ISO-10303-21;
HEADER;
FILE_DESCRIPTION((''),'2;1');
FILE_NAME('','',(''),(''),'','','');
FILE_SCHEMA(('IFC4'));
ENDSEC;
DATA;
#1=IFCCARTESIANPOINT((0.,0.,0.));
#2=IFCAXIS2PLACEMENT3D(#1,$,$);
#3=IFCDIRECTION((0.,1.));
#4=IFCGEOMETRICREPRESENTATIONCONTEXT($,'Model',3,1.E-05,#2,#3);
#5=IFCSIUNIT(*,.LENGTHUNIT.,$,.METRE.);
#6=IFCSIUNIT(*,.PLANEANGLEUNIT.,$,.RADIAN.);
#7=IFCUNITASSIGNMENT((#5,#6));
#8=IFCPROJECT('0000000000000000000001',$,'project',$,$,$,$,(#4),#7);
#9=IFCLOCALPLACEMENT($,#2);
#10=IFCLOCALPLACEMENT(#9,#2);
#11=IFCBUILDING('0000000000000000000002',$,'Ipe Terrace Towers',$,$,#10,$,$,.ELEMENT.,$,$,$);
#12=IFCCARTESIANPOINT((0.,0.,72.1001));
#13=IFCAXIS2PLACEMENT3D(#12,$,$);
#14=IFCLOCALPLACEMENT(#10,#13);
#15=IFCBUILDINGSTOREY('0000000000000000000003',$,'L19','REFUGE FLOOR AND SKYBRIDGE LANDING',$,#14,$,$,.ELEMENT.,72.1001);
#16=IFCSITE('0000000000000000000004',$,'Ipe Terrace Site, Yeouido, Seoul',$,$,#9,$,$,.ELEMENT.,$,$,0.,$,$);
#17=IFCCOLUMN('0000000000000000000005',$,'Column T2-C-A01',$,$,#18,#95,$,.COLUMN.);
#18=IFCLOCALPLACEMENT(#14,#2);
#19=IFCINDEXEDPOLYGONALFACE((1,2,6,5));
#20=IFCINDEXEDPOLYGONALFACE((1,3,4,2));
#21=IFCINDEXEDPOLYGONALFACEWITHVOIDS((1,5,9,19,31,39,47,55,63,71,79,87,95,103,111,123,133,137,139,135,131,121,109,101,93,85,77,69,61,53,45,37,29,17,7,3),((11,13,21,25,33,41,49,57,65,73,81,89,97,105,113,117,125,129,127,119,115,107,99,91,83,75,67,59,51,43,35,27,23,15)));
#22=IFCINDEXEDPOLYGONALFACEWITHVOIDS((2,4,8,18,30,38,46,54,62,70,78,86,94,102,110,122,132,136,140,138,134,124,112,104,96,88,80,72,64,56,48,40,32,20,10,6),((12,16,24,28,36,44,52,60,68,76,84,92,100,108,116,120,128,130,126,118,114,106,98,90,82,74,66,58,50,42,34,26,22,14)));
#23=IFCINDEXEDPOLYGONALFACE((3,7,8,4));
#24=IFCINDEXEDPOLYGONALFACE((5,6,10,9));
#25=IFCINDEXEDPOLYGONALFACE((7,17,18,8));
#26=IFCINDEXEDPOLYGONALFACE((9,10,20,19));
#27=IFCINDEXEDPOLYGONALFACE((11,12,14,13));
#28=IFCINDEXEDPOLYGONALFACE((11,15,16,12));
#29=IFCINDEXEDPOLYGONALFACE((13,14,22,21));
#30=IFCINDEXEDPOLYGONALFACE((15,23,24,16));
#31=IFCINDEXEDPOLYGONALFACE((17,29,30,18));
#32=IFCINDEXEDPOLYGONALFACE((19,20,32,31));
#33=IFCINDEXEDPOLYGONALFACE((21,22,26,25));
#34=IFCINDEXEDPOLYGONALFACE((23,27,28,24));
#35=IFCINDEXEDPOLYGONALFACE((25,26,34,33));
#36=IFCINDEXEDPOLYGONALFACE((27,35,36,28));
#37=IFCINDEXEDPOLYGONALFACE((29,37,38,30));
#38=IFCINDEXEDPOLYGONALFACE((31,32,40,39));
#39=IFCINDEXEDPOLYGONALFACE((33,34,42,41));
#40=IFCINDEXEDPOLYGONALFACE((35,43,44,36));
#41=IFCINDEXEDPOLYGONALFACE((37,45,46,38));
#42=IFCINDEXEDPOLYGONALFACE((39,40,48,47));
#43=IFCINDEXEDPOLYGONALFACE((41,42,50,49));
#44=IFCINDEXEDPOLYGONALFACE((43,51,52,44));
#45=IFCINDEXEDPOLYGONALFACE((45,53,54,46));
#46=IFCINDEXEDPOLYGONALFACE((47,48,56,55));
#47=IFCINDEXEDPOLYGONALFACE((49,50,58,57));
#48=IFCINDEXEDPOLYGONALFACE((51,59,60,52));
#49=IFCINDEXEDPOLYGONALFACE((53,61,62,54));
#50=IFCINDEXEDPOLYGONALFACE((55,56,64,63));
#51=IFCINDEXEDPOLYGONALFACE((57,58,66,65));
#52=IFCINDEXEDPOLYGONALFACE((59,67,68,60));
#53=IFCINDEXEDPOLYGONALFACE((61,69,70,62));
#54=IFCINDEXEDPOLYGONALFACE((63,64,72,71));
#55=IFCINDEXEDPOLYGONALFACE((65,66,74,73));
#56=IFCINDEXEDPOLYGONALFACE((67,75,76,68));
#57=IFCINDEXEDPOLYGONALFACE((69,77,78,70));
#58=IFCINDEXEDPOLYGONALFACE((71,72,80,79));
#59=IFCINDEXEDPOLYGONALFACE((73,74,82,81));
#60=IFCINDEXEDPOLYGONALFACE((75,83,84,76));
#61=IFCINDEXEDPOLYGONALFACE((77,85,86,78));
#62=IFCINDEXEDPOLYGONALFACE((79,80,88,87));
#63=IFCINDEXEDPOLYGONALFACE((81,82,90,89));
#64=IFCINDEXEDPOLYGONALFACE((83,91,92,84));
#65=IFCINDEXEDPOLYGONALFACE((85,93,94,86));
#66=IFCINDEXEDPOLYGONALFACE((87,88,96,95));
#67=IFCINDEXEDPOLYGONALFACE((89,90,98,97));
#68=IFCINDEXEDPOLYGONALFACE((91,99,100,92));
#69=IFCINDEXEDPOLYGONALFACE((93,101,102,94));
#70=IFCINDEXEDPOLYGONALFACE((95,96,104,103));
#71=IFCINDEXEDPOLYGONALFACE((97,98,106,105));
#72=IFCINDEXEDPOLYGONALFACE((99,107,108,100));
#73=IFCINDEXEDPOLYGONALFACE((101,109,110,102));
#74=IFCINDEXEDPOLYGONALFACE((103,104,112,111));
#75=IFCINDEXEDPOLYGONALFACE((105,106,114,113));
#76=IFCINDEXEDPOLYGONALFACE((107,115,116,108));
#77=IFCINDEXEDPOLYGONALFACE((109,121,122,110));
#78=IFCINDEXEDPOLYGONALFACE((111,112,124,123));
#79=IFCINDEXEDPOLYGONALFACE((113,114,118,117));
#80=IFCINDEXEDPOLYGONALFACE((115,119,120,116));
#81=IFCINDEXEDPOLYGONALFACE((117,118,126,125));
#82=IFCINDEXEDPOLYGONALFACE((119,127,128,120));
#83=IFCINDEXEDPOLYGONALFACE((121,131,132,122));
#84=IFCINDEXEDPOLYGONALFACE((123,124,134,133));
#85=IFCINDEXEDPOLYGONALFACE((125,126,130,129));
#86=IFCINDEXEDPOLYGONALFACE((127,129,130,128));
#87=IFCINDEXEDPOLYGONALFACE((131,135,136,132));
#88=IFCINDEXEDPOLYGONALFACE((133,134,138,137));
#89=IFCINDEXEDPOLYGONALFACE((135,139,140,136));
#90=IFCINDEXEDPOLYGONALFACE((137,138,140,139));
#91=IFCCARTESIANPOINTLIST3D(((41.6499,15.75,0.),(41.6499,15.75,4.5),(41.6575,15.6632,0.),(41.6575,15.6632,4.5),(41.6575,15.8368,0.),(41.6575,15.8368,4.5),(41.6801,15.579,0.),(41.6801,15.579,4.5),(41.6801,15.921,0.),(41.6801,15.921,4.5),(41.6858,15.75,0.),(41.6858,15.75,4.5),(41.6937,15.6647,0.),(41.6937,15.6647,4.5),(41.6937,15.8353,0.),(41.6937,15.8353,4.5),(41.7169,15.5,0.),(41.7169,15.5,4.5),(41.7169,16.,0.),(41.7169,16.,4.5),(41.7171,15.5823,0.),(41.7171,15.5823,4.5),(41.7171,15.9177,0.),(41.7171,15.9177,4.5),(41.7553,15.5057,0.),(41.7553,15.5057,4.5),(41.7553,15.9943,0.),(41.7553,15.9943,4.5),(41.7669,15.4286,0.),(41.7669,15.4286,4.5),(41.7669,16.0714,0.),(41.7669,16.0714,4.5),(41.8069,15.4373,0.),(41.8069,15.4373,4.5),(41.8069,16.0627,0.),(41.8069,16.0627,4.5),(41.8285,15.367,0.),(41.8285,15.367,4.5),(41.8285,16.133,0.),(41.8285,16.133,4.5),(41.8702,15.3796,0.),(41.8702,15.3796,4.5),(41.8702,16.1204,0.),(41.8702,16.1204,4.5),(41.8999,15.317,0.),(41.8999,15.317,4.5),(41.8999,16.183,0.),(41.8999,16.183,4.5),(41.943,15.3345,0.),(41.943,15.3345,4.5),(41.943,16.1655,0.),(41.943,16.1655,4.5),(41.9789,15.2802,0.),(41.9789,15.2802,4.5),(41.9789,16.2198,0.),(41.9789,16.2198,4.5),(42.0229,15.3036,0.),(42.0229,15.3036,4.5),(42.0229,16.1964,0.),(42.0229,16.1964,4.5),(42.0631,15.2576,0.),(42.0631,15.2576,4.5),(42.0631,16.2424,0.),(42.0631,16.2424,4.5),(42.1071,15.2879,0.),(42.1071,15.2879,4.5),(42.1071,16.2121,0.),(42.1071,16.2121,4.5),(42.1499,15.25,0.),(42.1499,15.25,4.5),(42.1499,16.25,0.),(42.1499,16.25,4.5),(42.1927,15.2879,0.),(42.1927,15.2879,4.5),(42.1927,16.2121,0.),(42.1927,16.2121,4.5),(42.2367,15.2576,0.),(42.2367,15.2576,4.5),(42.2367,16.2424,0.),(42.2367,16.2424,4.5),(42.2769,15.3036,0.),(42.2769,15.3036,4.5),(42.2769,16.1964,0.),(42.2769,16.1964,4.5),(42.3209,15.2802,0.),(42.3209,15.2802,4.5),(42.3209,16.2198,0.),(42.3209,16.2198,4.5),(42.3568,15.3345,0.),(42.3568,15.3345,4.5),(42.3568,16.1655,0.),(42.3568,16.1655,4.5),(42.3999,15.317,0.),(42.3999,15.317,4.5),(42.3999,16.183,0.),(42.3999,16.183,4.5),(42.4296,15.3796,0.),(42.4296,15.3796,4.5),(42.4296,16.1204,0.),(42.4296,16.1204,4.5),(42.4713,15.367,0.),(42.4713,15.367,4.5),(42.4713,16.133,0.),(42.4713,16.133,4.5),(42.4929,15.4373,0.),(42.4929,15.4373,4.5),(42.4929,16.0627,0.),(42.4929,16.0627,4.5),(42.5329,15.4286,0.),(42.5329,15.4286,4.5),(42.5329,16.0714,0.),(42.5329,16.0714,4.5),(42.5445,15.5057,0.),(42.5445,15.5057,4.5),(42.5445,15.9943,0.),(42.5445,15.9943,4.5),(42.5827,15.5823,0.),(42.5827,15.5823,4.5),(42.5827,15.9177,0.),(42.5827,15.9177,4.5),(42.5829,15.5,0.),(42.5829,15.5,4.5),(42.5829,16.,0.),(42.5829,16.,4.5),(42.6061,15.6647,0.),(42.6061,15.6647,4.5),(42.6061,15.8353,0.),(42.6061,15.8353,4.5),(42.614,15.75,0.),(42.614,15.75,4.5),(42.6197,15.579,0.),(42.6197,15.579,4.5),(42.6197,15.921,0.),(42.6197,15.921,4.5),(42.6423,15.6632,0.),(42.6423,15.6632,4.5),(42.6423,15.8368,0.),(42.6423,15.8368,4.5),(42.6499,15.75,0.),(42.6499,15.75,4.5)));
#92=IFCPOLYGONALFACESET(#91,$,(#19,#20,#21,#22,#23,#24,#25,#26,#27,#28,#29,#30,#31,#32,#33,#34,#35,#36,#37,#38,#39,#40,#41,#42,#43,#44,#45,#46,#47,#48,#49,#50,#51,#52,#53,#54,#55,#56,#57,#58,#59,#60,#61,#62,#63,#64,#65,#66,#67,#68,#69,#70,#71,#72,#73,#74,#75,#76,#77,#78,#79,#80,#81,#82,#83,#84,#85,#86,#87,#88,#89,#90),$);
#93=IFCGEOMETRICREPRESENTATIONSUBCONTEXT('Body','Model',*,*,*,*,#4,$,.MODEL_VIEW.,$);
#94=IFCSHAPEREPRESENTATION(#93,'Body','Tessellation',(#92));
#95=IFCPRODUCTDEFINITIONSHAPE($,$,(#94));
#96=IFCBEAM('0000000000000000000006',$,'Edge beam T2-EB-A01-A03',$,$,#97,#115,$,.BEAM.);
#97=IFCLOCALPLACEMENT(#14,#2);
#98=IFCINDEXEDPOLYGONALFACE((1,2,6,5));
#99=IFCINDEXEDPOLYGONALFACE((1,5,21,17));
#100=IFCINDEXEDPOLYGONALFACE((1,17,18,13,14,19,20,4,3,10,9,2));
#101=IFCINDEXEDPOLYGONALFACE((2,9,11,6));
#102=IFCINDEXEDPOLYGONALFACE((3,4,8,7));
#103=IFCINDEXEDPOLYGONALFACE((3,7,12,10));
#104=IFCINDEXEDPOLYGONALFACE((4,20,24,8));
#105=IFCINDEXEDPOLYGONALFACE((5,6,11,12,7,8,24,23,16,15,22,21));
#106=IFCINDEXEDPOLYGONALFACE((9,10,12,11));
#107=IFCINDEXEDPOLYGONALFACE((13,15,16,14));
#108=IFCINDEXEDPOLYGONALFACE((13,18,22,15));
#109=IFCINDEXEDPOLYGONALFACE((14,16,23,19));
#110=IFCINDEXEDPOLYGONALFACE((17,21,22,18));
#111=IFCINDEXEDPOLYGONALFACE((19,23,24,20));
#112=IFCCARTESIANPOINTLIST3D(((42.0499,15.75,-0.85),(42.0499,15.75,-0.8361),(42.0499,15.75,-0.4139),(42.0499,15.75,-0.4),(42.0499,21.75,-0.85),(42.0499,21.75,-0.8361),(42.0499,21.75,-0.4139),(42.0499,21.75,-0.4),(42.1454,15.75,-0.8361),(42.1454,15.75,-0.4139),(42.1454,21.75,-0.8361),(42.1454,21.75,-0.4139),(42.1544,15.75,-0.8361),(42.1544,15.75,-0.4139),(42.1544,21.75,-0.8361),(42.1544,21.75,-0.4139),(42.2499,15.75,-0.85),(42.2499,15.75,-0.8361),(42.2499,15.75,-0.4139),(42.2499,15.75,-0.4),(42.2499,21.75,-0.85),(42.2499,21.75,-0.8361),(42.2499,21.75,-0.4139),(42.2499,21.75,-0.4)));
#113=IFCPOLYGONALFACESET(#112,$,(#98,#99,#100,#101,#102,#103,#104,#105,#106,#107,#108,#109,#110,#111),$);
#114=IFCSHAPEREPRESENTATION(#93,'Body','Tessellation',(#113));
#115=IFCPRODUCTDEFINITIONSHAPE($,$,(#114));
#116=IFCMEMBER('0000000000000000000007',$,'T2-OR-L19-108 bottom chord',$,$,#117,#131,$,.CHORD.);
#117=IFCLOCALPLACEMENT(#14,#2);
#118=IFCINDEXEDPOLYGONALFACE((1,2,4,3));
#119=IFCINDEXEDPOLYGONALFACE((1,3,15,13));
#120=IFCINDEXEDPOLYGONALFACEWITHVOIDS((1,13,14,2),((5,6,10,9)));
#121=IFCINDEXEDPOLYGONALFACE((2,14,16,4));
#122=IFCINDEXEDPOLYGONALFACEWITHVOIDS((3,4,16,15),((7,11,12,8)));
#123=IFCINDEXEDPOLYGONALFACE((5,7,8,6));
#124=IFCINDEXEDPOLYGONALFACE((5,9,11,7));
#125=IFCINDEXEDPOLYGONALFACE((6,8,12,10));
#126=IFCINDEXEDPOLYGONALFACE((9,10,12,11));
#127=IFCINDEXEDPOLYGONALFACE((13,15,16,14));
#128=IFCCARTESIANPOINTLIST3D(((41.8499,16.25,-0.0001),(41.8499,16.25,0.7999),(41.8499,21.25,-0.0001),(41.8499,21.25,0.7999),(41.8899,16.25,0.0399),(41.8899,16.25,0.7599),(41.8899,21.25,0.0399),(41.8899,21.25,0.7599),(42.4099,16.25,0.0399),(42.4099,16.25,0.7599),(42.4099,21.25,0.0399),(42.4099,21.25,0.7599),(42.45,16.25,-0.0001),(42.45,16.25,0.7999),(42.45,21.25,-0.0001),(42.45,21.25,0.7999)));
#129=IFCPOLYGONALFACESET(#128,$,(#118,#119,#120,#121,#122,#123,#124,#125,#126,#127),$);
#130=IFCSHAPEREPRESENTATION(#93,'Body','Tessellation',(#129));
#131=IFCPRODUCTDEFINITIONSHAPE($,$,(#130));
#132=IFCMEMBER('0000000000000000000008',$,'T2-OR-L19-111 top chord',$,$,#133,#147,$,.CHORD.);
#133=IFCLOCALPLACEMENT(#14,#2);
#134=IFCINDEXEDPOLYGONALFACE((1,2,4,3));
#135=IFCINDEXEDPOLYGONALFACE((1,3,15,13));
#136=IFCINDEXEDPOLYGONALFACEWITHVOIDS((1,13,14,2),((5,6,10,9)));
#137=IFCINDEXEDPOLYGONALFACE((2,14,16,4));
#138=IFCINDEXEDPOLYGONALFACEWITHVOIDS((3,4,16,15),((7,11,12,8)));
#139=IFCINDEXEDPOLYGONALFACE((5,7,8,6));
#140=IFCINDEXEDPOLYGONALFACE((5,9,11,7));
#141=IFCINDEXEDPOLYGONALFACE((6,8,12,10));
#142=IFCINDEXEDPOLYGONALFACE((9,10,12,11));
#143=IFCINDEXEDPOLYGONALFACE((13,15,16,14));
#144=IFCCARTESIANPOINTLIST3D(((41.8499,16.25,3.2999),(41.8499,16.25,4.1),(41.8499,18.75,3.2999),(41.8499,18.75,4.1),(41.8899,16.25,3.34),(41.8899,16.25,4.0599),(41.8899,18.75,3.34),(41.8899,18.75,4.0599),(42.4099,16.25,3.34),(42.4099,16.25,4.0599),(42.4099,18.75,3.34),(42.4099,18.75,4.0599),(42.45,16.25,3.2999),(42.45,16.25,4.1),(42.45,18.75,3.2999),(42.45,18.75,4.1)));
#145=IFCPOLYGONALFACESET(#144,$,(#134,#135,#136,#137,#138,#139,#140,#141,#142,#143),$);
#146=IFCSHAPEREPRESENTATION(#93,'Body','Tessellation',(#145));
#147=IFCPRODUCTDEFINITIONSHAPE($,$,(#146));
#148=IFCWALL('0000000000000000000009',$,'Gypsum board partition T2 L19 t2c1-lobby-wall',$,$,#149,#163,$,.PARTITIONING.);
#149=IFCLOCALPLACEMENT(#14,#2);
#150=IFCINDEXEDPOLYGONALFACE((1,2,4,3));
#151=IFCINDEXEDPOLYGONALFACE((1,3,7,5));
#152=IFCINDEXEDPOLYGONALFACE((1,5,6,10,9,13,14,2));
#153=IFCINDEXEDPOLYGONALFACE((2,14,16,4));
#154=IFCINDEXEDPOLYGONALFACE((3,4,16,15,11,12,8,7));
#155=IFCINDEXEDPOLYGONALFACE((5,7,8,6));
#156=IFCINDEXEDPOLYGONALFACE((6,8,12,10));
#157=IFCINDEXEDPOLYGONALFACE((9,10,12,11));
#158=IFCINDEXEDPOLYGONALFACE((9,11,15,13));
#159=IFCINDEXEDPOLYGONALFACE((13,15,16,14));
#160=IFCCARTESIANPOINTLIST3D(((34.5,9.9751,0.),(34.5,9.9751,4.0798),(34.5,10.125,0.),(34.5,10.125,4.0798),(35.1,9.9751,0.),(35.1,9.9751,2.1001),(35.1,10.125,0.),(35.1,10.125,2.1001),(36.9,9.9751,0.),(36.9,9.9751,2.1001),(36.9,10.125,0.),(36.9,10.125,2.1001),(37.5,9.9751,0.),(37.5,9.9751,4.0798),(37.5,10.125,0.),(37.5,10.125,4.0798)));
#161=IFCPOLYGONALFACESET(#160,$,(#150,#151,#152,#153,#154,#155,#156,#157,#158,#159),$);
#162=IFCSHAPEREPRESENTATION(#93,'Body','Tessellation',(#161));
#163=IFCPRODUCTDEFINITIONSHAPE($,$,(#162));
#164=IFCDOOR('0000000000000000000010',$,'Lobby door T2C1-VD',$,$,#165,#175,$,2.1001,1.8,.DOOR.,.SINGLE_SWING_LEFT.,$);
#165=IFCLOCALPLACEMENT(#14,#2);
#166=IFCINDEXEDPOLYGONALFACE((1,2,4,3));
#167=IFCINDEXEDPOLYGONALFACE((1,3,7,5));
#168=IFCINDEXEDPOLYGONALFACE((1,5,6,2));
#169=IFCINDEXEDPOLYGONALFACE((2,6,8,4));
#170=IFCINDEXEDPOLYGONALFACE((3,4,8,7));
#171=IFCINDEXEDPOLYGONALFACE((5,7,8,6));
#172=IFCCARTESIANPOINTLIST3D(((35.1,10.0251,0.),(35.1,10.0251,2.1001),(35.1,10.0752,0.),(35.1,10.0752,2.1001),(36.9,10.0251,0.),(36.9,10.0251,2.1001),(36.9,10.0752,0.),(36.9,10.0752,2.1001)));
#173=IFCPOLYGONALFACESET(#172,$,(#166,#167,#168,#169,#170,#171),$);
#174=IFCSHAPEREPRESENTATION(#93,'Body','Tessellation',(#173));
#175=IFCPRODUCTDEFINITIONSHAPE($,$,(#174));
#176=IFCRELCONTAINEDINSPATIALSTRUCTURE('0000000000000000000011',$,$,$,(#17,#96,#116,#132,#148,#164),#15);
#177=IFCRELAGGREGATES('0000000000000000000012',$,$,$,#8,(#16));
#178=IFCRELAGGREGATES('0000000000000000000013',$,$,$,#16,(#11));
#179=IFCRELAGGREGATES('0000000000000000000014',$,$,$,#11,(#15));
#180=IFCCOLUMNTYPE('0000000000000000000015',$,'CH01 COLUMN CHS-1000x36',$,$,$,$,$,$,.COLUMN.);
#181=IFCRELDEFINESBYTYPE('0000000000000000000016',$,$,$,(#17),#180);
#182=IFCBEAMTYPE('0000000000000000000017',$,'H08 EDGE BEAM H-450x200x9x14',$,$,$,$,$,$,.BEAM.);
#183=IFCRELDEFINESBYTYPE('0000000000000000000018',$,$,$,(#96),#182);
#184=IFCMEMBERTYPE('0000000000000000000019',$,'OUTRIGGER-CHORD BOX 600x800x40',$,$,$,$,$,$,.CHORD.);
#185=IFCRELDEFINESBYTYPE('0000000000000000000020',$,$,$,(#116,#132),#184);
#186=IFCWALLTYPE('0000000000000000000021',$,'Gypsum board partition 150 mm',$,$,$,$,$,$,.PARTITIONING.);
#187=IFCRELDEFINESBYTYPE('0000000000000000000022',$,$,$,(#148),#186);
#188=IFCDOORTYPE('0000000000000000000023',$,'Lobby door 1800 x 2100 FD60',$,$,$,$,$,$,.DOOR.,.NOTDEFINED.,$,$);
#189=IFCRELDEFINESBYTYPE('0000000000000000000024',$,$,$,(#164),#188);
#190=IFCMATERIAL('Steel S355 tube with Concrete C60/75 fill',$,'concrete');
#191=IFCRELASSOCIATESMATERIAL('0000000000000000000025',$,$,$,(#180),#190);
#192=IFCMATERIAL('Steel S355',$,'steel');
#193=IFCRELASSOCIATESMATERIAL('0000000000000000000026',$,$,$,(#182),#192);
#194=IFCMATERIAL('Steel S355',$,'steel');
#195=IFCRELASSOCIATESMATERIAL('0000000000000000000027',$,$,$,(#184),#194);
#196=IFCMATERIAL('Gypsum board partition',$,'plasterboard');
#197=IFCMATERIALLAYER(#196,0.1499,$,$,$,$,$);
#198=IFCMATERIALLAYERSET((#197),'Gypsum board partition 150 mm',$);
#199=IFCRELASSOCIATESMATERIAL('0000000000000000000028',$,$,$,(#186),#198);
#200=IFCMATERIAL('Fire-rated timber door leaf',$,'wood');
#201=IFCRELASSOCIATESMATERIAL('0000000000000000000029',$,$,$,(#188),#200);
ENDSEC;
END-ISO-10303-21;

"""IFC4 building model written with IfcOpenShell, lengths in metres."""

from ifc_helpers import new_model, si_unit, direction, frame, frame_2d, origin, origin_2d, place, context, subcontext, project, spatial, rectangle, hollow_rectangle, hollow_circle, i_section, extrude, material, layer, layer_set, material_profile, profile_set, type_object, element, fill, save


model = new_model("IFC4")

# Units and contexts
model_context = context("Model", 3, precision=1e-05, world=origin(), true_north=direction((0.0, 1.0)))
body_context = subcontext(model_context, "Body", "Model", "MODEL_VIEW")
ifc_project = project(units=[si_unit("LENGTHUNIT", "METRE"), si_unit("PLANEANGLEUNIT", "RADIAN")], contexts=[model_context])

# Site, building, storey
site_placement = place(None, origin())
site = spatial("IfcSite", under=ifc_project, at=site_placement, Name="Ipe Terrace Site, Yeouido, Seoul", CompositionType="ELEMENT", RefElevation=0.0)
building_placement = place(site_placement, origin())
building = spatial("IfcBuilding", under=site, at=building_placement, Name="Ipe Terrace Towers", CompositionType="ELEMENT")
storey_placement = place(building_placement, frame((0.0, 0.0, 72.1001)))
storey = spatial("IfcBuildingStorey", under=building, at=storey_placement, Name="L19", Description="REFUGE FLOOR AND SKYBRIDGE LANDING", CompositionType="ELEMENT", Elevation=72.1001)

# Column
ifc_material_1 = material(Name="Steel S355 tube with Concrete C60/75 fill", Category="concrete")
ifc_material_profile_1 = material_profile(ifc_material_1, hollow_circle(Radius=0.5, WallThickness=0.0359, at=origin_2d()), Name="CHS-1000x36")
ifc_profile_set_1 = profile_set([ifc_material_profile_1], Name="Steel S355 tube with Concrete C60/75 fill")
column_type = type_object("IfcColumnType", Name="CH01 COLUMN CHS-1000x36", PredefinedType="COLUMN", material=ifc_profile_set_1)
column_placement = place(storey_placement, frame((42.1499, 15.75, 0.0), z_axis=(0.0, 0.0, 1.0), x_axis=(1.0, 0.0, 0.0)))
element("IfcColumn", 1, at=column_placement, inside=storey, type_object=column_type, Name="Column T2-C-A01", PredefinedType="COLUMN", context=body_context, shape_type="SweptSolid", body=[
    extrude(hollow_circle(Radius=0.5, WallThickness=0.0359, at=origin_2d()), origin(), (0.0, 0.0, 1.0), 4.5),
])

# Beam
ifc_material_2 = material(Name="Steel S355", Category="steel")
ifc_material_profile_2 = material_profile(ifc_material_2, i_section(OverallWidth=0.2, OverallDepth=0.45, WebThickness=0.009, FlangeThickness=0.0139, at=origin_2d()), Name="H-450x200x9x14")
ifc_profile_set_2 = profile_set([ifc_material_profile_2], Name="Steel S355")
beam_type = type_object("IfcBeamType", Name="H08 EDGE BEAM H-450x200x9x14", PredefinedType="BEAM", material=ifc_profile_set_2)
beam_placement = place(storey_placement, frame((42.1499, 15.75, -0.625), z_axis=(0.0, 1.0, 0.0), x_axis=(-1.0, 0.0, 0.0)))
element("IfcBeam", 2, at=beam_placement, inside=storey, type_object=beam_type, Name="Edge beam T2-EB-A01-A03", PredefinedType="BEAM", context=body_context, shape_type="SweptSolid", body=[
    extrude(i_section(OverallWidth=0.2, OverallDepth=0.45, WebThickness=0.009, FlangeThickness=0.0139, at=origin_2d()), origin(), (0.0, 0.0, 1.0), 6.0),
])

# Members
ifc_material_3 = material(Name="Steel S355", Category="steel")
ifc_material_profile_3 = material_profile(ifc_material_3, hollow_rectangle(XDim=0.6001, YDim=0.8, WallThickness=0.04, at=origin_2d()), Name="OUTRIGGER-CHORD BOX 600x800x40")
ifc_profile_set_3 = profile_set([ifc_material_profile_3], Name="Steel S355")
member_type = type_object("IfcMemberType", Name="OUTRIGGER-CHORD BOX 600x800x40", PredefinedType="CHORD", material=ifc_profile_set_3)
member_1_placement = place(storey_placement, frame((42.1499, 16.25, 0.3999), z_axis=(0.0, 1.0, 0.0), x_axis=(-1.0, 0.0, 0.0)))
element("IfcMember", 3, at=member_1_placement, inside=storey, type_object=member_type, Name="T2-OR-L19-108 bottom chord", PredefinedType="CHORD", context=body_context, shape_type="SweptSolid", body=[
    extrude(hollow_rectangle(XDim=0.6001, YDim=0.8, WallThickness=0.04, at=origin_2d()), origin(), (0.0, 0.0, 1.0), 5.0),
])
member_2_placement = place(storey_placement, frame((42.1499, 16.25, 3.7), z_axis=(0.0, 1.0, 0.0), x_axis=(-1.0, 0.0, 0.0)))
element("IfcMember", 4, at=member_2_placement, inside=storey, type_object=member_type, Name="T2-OR-L19-111 top chord", PredefinedType="CHORD", context=body_context, shape_type="SweptSolid", body=[
    extrude(hollow_rectangle(XDim=0.6001, YDim=0.8, WallThickness=0.04, at=origin_2d()), origin(), (0.0, 0.0, 1.0), 2.5),
])

# Wall, opening, door
ifc_material_4 = material(Name="Gypsum board partition", Category="plasterboard")
ifc_layer_1 = layer(ifc_material_4, 0.1499)
ifc_layer_set_1 = layer_set([ifc_layer_1], Name="Gypsum board partition 150 mm")
wall_type_1 = type_object("IfcWallType", Name="Gypsum board partition 150 mm", PredefinedType="PARTITIONING", material=ifc_layer_set_1)
wall_1_placement = place(storey_placement, frame((37.5, 10.05, 0.0), z_axis=(0.0, 0.0, 1.0), x_axis=(-1.0, 0.0, 0.0)))
wall_1 = element("IfcWall", 5, at=wall_1_placement, inside=storey, type_object=wall_type_1, Name="Gypsum board partition T2 L19 t2c1-lobby-wall", PredefinedType="PARTITIONING", context=body_context, shape_type="SweptSolid", body=[
    extrude(rectangle(XDim=3.0, YDim=0.1499, at=frame_2d((1.5, 0.0))), origin(), (0.0, 0.0, 1.0), 4.0798),
])
opening_1_placement = place(wall_1_placement, frame((0.6001, 0.0, 0.0)))
opening_1 = element("IfcOpeningElement", 6, at=opening_1_placement, cuts=wall_1, PredefinedType="OPENING", context=body_context, shape_type="SweptSolid", body=[
    extrude(rectangle(XDim=1.8, YDim=2.1001, at=frame_2d((0.8999, 1.05))), frame((0.0, 0.085, 0.0), z_axis=(0.0, -1.0, 0.0), x_axis=(1.0, 0.0, 0.0)), (0.0, 0.0, 1.0), 0.1699),
])
ifc_material_5 = material(Name="Fire-rated timber door leaf", Category="wood")
door_type_1 = type_object("IfcDoorType", Name="Lobby door 1800 x 2100 FD60", OperationType="NOTDEFINED", PredefinedType="DOOR", material=ifc_material_5)
door_1_placement = place(opening_1_placement, origin())
door_1 = element("IfcDoor", 7, at=door_1_placement, inside=storey, type_object=door_type_1, Name="Lobby door T2C1-VD", OperationType="SINGLE_SWING_LEFT", OverallHeight=2.1001, OverallWidth=1.8, PredefinedType="DOOR", context=body_context, shape_type="SweptSolid", body=[
    extrude(rectangle(XDim=1.8, YDim=2.1001, at=frame_2d((0.8999, 1.05))), frame((0.0, 0.0249, 0.0), z_axis=(0.0, -1.0, 0.0), x_axis=(1.0, 0.0, 0.0)), (0.0, 0.0, 1.0), 0.05),
])
fill(opening_1, door_1)

save(model, "model.ifc")
